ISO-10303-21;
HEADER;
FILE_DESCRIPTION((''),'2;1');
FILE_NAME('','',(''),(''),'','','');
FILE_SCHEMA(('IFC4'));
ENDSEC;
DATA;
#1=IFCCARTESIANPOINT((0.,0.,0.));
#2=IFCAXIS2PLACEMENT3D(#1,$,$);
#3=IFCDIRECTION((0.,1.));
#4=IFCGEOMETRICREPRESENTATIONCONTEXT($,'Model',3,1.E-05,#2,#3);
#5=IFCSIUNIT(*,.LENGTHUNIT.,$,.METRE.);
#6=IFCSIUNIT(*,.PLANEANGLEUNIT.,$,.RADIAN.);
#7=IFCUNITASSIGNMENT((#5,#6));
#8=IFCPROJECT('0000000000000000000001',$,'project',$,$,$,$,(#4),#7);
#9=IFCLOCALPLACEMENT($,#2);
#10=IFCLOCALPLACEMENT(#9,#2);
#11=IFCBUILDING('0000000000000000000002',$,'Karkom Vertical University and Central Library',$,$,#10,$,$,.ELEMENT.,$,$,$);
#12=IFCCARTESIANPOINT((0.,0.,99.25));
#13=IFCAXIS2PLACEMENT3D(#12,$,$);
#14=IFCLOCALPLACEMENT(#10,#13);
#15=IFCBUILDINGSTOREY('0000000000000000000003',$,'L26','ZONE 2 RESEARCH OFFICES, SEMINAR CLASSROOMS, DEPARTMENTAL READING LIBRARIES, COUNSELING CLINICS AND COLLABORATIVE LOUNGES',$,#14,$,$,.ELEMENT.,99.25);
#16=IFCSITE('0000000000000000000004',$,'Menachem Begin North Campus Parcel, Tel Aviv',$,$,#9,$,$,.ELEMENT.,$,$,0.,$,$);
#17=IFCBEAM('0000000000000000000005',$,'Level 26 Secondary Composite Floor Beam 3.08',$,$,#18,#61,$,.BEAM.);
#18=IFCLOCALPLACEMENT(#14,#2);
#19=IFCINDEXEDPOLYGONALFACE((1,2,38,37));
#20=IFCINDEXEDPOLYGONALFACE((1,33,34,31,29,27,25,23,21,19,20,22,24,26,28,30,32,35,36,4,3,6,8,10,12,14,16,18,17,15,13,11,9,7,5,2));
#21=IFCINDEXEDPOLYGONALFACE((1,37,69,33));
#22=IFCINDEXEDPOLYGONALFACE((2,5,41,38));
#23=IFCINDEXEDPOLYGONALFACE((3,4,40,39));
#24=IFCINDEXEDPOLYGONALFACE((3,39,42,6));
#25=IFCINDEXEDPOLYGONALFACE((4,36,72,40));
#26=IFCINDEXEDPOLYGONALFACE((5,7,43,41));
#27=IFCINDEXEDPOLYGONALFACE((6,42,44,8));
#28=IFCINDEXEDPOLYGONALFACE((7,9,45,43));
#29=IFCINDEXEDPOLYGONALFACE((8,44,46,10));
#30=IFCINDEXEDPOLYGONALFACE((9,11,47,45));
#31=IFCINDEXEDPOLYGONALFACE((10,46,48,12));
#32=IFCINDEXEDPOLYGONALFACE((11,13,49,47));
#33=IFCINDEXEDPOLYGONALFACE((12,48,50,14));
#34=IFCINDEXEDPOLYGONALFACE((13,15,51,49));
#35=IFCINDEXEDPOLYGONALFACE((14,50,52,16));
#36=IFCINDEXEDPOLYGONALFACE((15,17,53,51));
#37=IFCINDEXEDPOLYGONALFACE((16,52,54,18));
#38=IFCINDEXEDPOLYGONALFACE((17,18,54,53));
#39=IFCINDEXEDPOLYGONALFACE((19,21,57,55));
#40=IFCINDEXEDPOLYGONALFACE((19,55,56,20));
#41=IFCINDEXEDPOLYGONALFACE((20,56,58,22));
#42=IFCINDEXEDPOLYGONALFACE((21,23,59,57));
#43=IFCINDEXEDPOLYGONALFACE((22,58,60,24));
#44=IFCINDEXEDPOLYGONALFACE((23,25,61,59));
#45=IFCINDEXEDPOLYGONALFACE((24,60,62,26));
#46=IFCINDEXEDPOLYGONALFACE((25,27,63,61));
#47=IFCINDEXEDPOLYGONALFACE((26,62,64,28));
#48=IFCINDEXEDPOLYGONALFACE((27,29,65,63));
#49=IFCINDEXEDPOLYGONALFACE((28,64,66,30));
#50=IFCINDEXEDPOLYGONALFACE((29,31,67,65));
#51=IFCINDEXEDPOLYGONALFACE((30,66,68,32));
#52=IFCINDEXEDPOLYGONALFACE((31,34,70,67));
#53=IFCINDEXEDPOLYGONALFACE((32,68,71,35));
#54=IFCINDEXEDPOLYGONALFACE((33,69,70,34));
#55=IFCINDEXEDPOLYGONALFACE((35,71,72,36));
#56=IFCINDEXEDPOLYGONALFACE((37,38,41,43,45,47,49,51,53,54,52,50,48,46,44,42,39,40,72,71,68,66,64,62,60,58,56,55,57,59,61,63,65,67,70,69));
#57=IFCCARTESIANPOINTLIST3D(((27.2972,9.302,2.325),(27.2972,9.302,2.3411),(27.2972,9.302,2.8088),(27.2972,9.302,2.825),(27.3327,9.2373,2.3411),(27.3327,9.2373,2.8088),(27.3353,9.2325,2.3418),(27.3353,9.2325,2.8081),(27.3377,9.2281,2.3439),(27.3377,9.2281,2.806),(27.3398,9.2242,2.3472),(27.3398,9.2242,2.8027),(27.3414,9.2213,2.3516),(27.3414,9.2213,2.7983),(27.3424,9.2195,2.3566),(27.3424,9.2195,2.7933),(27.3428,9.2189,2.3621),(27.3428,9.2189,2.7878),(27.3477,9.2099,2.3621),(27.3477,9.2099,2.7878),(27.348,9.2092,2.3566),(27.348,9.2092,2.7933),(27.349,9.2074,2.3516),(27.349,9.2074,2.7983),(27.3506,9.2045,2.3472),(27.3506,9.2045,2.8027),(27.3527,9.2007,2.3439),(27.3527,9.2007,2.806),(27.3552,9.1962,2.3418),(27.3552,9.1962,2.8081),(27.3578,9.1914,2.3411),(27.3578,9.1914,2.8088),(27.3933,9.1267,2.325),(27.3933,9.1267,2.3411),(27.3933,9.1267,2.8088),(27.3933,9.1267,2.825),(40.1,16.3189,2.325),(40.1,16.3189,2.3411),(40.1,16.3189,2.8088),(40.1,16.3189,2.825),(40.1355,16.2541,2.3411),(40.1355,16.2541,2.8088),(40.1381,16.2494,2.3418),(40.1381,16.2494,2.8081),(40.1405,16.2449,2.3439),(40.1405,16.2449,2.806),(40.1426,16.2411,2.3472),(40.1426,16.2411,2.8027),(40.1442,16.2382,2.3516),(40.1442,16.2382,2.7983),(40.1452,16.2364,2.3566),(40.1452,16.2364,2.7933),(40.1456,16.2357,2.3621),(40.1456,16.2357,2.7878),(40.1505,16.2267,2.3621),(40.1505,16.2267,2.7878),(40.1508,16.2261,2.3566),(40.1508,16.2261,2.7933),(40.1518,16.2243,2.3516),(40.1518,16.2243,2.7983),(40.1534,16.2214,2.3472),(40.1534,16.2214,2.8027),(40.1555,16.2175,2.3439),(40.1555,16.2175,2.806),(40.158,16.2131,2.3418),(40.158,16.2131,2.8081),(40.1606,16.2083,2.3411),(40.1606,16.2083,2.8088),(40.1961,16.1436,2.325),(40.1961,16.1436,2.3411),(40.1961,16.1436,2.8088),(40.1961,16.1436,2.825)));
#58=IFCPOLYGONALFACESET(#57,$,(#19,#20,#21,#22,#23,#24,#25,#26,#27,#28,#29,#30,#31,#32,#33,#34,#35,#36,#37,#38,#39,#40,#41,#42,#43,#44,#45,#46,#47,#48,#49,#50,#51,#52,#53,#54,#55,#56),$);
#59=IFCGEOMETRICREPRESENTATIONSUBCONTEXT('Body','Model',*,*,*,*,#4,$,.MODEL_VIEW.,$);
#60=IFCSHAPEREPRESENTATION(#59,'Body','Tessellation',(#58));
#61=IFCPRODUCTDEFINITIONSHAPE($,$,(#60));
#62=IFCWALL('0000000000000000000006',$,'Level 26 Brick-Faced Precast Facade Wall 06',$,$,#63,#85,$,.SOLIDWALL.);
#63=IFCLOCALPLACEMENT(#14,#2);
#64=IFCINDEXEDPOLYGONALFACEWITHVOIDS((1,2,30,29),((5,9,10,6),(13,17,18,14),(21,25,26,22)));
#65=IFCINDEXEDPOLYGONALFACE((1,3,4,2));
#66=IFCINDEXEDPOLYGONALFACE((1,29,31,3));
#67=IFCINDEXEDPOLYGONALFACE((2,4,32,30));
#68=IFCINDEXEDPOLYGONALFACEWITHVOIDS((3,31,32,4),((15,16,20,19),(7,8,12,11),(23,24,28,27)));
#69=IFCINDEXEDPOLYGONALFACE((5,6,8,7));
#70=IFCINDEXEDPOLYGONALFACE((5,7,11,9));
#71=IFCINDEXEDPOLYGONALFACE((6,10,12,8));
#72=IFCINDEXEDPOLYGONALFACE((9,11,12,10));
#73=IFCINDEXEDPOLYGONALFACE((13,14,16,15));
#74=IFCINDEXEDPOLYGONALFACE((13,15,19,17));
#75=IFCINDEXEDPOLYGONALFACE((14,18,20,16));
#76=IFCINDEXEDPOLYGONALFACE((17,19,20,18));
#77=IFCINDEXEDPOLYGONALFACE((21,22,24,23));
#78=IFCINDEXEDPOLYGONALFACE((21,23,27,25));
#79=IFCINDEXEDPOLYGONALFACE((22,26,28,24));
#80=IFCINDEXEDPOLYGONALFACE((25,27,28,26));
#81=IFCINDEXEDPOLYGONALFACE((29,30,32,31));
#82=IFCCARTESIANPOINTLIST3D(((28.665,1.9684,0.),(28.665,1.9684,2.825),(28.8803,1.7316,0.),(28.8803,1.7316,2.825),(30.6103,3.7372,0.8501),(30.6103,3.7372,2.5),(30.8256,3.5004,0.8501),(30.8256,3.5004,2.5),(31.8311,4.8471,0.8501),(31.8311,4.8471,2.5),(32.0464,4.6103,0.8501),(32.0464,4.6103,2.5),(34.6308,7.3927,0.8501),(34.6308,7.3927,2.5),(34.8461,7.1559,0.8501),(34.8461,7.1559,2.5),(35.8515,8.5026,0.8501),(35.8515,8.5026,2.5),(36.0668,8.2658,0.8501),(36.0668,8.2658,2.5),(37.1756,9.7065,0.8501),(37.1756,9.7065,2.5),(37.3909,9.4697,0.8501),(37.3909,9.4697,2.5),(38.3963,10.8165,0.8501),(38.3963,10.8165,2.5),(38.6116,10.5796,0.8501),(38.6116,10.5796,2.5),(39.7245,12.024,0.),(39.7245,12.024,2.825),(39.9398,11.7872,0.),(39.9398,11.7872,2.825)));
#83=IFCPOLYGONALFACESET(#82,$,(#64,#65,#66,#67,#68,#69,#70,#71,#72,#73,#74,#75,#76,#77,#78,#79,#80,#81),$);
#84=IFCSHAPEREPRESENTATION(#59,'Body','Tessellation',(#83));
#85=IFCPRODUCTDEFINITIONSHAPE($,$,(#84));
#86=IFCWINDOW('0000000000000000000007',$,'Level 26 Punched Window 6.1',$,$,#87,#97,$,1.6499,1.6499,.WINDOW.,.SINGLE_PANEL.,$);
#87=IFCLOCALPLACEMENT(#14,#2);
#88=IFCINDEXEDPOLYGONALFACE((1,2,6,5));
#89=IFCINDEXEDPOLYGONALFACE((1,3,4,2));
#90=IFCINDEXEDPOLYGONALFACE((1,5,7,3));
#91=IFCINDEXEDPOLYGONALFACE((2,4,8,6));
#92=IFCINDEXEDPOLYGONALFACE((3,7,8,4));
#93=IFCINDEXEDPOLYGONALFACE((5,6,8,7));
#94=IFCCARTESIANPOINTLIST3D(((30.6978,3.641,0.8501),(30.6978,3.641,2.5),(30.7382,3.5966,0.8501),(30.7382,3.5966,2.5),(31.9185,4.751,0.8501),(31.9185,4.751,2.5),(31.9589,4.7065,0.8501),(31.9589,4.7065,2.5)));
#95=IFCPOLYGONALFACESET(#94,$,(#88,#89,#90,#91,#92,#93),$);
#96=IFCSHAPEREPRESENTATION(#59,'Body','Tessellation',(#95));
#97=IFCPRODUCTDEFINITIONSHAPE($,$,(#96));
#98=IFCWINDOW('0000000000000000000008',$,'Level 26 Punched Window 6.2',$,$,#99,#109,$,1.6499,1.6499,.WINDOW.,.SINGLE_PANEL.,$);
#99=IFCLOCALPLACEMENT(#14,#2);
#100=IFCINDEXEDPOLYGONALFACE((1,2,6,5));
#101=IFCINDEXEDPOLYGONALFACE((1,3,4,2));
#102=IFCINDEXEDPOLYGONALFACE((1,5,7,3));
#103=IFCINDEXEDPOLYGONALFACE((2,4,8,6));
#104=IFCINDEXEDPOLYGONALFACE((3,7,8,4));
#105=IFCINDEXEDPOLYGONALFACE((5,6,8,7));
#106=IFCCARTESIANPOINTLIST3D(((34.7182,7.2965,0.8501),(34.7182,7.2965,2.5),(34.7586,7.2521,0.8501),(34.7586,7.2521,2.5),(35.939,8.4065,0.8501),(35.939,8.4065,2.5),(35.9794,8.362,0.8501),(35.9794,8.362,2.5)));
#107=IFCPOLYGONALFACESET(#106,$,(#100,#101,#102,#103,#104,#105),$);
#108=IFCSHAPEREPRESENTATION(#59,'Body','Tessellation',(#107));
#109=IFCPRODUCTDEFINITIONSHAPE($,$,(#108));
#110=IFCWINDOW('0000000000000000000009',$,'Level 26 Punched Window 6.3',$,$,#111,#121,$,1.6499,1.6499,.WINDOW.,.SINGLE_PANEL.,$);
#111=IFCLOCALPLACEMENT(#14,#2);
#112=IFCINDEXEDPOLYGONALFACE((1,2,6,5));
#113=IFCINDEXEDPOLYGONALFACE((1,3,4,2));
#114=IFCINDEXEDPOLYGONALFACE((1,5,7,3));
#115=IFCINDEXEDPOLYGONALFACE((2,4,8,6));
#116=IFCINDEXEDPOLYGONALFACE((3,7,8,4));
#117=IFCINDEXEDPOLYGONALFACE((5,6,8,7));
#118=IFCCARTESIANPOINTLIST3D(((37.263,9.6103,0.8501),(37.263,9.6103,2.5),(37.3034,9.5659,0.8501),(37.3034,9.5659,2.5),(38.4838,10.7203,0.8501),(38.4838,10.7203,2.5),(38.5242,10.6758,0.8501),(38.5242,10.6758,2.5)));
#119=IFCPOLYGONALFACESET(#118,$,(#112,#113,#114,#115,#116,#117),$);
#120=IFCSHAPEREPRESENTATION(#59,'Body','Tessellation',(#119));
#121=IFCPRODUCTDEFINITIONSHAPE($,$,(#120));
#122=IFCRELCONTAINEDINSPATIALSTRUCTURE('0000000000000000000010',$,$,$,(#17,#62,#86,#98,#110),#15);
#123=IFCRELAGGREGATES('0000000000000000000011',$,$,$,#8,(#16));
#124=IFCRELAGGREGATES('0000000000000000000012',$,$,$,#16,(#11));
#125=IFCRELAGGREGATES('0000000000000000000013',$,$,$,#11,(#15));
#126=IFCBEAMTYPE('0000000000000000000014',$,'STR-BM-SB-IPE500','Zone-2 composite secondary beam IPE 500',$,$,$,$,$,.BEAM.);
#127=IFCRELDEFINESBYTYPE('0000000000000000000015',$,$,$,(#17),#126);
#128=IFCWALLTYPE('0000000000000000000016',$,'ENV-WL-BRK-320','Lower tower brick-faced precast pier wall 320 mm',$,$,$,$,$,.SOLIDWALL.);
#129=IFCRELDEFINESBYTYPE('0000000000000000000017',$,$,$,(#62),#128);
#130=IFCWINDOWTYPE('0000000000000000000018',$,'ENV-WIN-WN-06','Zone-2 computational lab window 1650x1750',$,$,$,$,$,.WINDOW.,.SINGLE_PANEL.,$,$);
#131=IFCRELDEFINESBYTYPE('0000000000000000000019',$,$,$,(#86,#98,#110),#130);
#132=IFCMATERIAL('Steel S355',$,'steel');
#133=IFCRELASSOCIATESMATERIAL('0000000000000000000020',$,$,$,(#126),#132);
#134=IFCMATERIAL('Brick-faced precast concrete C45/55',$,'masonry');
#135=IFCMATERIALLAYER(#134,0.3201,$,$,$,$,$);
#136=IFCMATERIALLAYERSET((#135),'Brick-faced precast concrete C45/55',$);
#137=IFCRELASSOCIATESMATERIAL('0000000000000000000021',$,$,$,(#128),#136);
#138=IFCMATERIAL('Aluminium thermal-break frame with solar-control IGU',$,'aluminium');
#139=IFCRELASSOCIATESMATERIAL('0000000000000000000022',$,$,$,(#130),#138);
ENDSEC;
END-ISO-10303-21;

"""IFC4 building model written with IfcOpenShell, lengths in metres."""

from ifc_helpers import new_model, si_unit, direction, frame, frame_2d, origin, origin_with_axes, origin_2d, place, context, subcontext, project, spatial, rectangle, i_section, extrude, source, transform, mapped, material, layer, layer_set, material_profile, profile_set, type_object, element, fill, save


model = new_model("IFC4")

# Units and contexts
model_context = context("Model", 3, precision=1e-05, world=origin(), true_north=direction((0.0, 1.0)))
body_context = subcontext(model_context, "Body", "Model", "MODEL_VIEW")
ifc_project = project(units=[si_unit("LENGTHUNIT", "METRE"), si_unit("PLANEANGLEUNIT", "RADIAN")], contexts=[model_context])

# Site, building, storey
site_placement = place(None, origin())
site = spatial("IfcSite", under=ifc_project, at=site_placement, Name="Menachem Begin North Campus Parcel, Tel Aviv", CompositionType="ELEMENT", RefElevation=0.0)
building_placement = place(site_placement, origin())
building = spatial("IfcBuilding", under=site, at=building_placement, Name="Karkom Vertical University and Central Library", CompositionType="ELEMENT")
storey_placement = place(building_placement, frame((0.0, 0.0, 99.25)))
storey = spatial("IfcBuildingStorey", under=building, at=storey_placement, Name="L26", Description="ZONE 2 RESEARCH OFFICES, SEMINAR CLASSROOMS, DEPARTMENTAL READING LIBRARIES, COUNSELING CLINICS AND COLLABORATIVE LOUNGES", CompositionType="ELEMENT", Elevation=99.25)

# Beam
ifc_material_1 = material(Name="Steel S355", Category="steel")
ifc_material_profile_1 = material_profile(ifc_material_1, i_section(OverallWidth=0.2, OverallDepth=0.5, WebThickness=0.0103, FlangeThickness=0.0161, FilletRadius=0.021, at=origin_2d()), Name="IPE 500")
ifc_profile_set_1 = profile_set([ifc_material_profile_1], Name="Steel S355")
beam_type_1 = type_object("IfcBeamType", Name="STR-BM-SB-IPE500", Description="Zone-2 composite secondary beam IPE 500", PredefinedType="BEAM", material=ifc_profile_set_1)
shared_shape_1 = source(origin_with_axes(), body_context, "Body", "SweptSolid", [
    extrude(i_section(OverallWidth=0.2, OverallDepth=0.5, WebThickness=0.0103, FlangeThickness=0.0161, FilletRadius=0.021, at=origin_2d()), origin(), (0.0, 0.0, 1.0), 14.5996),
])
beam_1_placement = place(storey_placement, frame((27.3452, 9.2144, 2.575), z_axis=(0.876928, 0.480622, 0.0), x_axis=(-0.480622, 0.876928, 0.0)))
element("IfcBeam", 1, at=beam_1_placement, inside=storey, type_object=beam_type_1, Name="Level 26 Secondary Composite Floor Beam 3.08", PredefinedType="BEAM", context=body_context, shape_type="MappedRepresentation", body=[
    mapped(shared_shape_1, transform((0.0, 0.0, 0.0), scale=1.0)),
])

# Wall, openings, windows
ifc_material_2 = material(Name="Brick-faced precast concrete C45/55", Category="masonry")
ifc_layer_1 = layer(ifc_material_2, 0.3201)
ifc_layer_set_1 = layer_set([ifc_layer_1], Name="Brick-faced precast concrete C45/55")
wall_type_1 = type_object("IfcWallType", Name="ENV-WL-BRK-320", Description="Lower tower brick-faced precast pier wall 320 mm", PredefinedType="SOLIDWALL", material=ifc_layer_set_1)
wall_1_placement = place(storey_placement, frame((28.7727, 1.8501, 0.0), z_axis=(0.0, 0.0, 1.0), x_axis=(0.73989, 0.672728, 0.0)))
wall_1 = element("IfcWall", 2, at=wall_1_placement, inside=storey, type_object=wall_type_1, Name="Level 26 Brick-Faced Precast Facade Wall 06", PredefinedType="SOLIDWALL", context=body_context, shape_type="SweptSolid", body=[
    extrude(rectangle(XDim=14.9475, YDim=0.3201, at=frame_2d((7.4736, 0.0))), origin(), (0.0, 0.0, 1.0), 2.825),
])
opening_1_placement = place(wall_1_placement, frame((2.6292, 0.0, 0.8501)))
opening_1 = element("IfcOpeningElement", 3, at=opening_1_placement, cuts=wall_1, PredefinedType="OPENING", context=body_context, shape_type="SweptSolid", body=[
    extrude(rectangle(XDim=1.6499, YDim=1.6499, at=frame_2d((0.825, 0.825))), frame((0.0, 0.1699, 0.0), z_axis=(0.0, -1.0, 0.0), x_axis=(1.0, 0.0, 0.0)), (0.0, 0.0, 1.0), 0.3401),
])
opening_2_placement = place(wall_1_placement, frame((8.063, 0.0, 0.8501)))
opening_2 = element("IfcOpeningElement", 4, at=opening_2_placement, cuts=wall_1, PredefinedType="OPENING", context=body_context, shape_type="SweptSolid", body=[
    extrude(rectangle(XDim=1.6499, YDim=1.6499, at=frame_2d((0.825, 0.825))), frame((0.0, 0.1699, 0.0), z_axis=(0.0, -1.0, 0.0), x_axis=(1.0, 0.0, 0.0)), (0.0, 0.0, 1.0), 0.3401),
])
opening_3_placement = place(wall_1_placement, frame((11.5024, 0.0, 0.8501)))
opening_3 = element("IfcOpeningElement", 5, at=opening_3_placement, cuts=wall_1, PredefinedType="OPENING", context=body_context, shape_type="SweptSolid", body=[
    extrude(rectangle(XDim=1.6499, YDim=1.6499, at=frame_2d((0.825, 0.825))), frame((0.0, 0.1699, 0.0), z_axis=(0.0, -1.0, 0.0), x_axis=(1.0, 0.0, 0.0)), (0.0, 0.0, 1.0), 0.3401),
])
ifc_material_3 = material(Name="Aluminium thermal-break frame with solar-control IGU", Category="aluminium")
window_type = type_object("IfcWindowType", Name="ENV-WIN-WN-06", Description="Zone-2 computational lab window 1650x1750", PartitioningType="SINGLE_PANEL", PredefinedType="WINDOW", material=ifc_material_3)
shared_shape_2 = source(origin_with_axes(), body_context, "Body", "SweptSolid", [
    extrude(rectangle(XDim=1.6499, YDim=1.6499, at=frame_2d((0.825, 0.825))), frame((0.0, 0.03, 0.0), z_axis=(0.0, -1.0, 0.0), x_axis=(1.0, 0.0, 0.0)), (0.0, 0.0, 1.0), 0.0601),
])
window_1_placement = place(opening_1_placement, origin())
window_1 = element("IfcWindow", 6, at=window_1_placement, inside=storey, type_object=window_type, Name="Level 26 Punched Window 6.1", OverallHeight=1.6499, OverallWidth=1.6499, PartitioningType="SINGLE_PANEL", PredefinedType="WINDOW", context=body_context, shape_type="MappedRepresentation", body=[
    mapped(shared_shape_2, transform((0.0, 0.0, 0.0), scale=1.0)),
])
fill(opening_1, window_1)
window_2_placement = place(opening_2_placement, origin())
window_2 = element("IfcWindow", 7, at=window_2_placement, inside=storey, type_object=window_type, Name="Level 26 Punched Window 6.2", OverallHeight=1.6499, OverallWidth=1.6499, PartitioningType="SINGLE_PANEL", PredefinedType="WINDOW", context=body_context, shape_type="MappedRepresentation", body=[
    mapped(shared_shape_2, transform((0.0, 0.0, 0.0), scale=1.0)),
])
fill(opening_2, window_2)
window_3_placement = place(opening_3_placement, origin())
window_3 = element("IfcWindow", 8, at=window_3_placement, inside=storey, type_object=window_type, Name="Level 26 Punched Window 6.3", OverallHeight=1.6499, OverallWidth=1.6499, PartitioningType="SINGLE_PANEL", PredefinedType="WINDOW", context=body_context, shape_type="MappedRepresentation", body=[
    mapped(shared_shape_2, transform((0.0, 0.0, 0.0), scale=1.0)),
])
fill(opening_3, window_3)

save(model, "model.ifc")
